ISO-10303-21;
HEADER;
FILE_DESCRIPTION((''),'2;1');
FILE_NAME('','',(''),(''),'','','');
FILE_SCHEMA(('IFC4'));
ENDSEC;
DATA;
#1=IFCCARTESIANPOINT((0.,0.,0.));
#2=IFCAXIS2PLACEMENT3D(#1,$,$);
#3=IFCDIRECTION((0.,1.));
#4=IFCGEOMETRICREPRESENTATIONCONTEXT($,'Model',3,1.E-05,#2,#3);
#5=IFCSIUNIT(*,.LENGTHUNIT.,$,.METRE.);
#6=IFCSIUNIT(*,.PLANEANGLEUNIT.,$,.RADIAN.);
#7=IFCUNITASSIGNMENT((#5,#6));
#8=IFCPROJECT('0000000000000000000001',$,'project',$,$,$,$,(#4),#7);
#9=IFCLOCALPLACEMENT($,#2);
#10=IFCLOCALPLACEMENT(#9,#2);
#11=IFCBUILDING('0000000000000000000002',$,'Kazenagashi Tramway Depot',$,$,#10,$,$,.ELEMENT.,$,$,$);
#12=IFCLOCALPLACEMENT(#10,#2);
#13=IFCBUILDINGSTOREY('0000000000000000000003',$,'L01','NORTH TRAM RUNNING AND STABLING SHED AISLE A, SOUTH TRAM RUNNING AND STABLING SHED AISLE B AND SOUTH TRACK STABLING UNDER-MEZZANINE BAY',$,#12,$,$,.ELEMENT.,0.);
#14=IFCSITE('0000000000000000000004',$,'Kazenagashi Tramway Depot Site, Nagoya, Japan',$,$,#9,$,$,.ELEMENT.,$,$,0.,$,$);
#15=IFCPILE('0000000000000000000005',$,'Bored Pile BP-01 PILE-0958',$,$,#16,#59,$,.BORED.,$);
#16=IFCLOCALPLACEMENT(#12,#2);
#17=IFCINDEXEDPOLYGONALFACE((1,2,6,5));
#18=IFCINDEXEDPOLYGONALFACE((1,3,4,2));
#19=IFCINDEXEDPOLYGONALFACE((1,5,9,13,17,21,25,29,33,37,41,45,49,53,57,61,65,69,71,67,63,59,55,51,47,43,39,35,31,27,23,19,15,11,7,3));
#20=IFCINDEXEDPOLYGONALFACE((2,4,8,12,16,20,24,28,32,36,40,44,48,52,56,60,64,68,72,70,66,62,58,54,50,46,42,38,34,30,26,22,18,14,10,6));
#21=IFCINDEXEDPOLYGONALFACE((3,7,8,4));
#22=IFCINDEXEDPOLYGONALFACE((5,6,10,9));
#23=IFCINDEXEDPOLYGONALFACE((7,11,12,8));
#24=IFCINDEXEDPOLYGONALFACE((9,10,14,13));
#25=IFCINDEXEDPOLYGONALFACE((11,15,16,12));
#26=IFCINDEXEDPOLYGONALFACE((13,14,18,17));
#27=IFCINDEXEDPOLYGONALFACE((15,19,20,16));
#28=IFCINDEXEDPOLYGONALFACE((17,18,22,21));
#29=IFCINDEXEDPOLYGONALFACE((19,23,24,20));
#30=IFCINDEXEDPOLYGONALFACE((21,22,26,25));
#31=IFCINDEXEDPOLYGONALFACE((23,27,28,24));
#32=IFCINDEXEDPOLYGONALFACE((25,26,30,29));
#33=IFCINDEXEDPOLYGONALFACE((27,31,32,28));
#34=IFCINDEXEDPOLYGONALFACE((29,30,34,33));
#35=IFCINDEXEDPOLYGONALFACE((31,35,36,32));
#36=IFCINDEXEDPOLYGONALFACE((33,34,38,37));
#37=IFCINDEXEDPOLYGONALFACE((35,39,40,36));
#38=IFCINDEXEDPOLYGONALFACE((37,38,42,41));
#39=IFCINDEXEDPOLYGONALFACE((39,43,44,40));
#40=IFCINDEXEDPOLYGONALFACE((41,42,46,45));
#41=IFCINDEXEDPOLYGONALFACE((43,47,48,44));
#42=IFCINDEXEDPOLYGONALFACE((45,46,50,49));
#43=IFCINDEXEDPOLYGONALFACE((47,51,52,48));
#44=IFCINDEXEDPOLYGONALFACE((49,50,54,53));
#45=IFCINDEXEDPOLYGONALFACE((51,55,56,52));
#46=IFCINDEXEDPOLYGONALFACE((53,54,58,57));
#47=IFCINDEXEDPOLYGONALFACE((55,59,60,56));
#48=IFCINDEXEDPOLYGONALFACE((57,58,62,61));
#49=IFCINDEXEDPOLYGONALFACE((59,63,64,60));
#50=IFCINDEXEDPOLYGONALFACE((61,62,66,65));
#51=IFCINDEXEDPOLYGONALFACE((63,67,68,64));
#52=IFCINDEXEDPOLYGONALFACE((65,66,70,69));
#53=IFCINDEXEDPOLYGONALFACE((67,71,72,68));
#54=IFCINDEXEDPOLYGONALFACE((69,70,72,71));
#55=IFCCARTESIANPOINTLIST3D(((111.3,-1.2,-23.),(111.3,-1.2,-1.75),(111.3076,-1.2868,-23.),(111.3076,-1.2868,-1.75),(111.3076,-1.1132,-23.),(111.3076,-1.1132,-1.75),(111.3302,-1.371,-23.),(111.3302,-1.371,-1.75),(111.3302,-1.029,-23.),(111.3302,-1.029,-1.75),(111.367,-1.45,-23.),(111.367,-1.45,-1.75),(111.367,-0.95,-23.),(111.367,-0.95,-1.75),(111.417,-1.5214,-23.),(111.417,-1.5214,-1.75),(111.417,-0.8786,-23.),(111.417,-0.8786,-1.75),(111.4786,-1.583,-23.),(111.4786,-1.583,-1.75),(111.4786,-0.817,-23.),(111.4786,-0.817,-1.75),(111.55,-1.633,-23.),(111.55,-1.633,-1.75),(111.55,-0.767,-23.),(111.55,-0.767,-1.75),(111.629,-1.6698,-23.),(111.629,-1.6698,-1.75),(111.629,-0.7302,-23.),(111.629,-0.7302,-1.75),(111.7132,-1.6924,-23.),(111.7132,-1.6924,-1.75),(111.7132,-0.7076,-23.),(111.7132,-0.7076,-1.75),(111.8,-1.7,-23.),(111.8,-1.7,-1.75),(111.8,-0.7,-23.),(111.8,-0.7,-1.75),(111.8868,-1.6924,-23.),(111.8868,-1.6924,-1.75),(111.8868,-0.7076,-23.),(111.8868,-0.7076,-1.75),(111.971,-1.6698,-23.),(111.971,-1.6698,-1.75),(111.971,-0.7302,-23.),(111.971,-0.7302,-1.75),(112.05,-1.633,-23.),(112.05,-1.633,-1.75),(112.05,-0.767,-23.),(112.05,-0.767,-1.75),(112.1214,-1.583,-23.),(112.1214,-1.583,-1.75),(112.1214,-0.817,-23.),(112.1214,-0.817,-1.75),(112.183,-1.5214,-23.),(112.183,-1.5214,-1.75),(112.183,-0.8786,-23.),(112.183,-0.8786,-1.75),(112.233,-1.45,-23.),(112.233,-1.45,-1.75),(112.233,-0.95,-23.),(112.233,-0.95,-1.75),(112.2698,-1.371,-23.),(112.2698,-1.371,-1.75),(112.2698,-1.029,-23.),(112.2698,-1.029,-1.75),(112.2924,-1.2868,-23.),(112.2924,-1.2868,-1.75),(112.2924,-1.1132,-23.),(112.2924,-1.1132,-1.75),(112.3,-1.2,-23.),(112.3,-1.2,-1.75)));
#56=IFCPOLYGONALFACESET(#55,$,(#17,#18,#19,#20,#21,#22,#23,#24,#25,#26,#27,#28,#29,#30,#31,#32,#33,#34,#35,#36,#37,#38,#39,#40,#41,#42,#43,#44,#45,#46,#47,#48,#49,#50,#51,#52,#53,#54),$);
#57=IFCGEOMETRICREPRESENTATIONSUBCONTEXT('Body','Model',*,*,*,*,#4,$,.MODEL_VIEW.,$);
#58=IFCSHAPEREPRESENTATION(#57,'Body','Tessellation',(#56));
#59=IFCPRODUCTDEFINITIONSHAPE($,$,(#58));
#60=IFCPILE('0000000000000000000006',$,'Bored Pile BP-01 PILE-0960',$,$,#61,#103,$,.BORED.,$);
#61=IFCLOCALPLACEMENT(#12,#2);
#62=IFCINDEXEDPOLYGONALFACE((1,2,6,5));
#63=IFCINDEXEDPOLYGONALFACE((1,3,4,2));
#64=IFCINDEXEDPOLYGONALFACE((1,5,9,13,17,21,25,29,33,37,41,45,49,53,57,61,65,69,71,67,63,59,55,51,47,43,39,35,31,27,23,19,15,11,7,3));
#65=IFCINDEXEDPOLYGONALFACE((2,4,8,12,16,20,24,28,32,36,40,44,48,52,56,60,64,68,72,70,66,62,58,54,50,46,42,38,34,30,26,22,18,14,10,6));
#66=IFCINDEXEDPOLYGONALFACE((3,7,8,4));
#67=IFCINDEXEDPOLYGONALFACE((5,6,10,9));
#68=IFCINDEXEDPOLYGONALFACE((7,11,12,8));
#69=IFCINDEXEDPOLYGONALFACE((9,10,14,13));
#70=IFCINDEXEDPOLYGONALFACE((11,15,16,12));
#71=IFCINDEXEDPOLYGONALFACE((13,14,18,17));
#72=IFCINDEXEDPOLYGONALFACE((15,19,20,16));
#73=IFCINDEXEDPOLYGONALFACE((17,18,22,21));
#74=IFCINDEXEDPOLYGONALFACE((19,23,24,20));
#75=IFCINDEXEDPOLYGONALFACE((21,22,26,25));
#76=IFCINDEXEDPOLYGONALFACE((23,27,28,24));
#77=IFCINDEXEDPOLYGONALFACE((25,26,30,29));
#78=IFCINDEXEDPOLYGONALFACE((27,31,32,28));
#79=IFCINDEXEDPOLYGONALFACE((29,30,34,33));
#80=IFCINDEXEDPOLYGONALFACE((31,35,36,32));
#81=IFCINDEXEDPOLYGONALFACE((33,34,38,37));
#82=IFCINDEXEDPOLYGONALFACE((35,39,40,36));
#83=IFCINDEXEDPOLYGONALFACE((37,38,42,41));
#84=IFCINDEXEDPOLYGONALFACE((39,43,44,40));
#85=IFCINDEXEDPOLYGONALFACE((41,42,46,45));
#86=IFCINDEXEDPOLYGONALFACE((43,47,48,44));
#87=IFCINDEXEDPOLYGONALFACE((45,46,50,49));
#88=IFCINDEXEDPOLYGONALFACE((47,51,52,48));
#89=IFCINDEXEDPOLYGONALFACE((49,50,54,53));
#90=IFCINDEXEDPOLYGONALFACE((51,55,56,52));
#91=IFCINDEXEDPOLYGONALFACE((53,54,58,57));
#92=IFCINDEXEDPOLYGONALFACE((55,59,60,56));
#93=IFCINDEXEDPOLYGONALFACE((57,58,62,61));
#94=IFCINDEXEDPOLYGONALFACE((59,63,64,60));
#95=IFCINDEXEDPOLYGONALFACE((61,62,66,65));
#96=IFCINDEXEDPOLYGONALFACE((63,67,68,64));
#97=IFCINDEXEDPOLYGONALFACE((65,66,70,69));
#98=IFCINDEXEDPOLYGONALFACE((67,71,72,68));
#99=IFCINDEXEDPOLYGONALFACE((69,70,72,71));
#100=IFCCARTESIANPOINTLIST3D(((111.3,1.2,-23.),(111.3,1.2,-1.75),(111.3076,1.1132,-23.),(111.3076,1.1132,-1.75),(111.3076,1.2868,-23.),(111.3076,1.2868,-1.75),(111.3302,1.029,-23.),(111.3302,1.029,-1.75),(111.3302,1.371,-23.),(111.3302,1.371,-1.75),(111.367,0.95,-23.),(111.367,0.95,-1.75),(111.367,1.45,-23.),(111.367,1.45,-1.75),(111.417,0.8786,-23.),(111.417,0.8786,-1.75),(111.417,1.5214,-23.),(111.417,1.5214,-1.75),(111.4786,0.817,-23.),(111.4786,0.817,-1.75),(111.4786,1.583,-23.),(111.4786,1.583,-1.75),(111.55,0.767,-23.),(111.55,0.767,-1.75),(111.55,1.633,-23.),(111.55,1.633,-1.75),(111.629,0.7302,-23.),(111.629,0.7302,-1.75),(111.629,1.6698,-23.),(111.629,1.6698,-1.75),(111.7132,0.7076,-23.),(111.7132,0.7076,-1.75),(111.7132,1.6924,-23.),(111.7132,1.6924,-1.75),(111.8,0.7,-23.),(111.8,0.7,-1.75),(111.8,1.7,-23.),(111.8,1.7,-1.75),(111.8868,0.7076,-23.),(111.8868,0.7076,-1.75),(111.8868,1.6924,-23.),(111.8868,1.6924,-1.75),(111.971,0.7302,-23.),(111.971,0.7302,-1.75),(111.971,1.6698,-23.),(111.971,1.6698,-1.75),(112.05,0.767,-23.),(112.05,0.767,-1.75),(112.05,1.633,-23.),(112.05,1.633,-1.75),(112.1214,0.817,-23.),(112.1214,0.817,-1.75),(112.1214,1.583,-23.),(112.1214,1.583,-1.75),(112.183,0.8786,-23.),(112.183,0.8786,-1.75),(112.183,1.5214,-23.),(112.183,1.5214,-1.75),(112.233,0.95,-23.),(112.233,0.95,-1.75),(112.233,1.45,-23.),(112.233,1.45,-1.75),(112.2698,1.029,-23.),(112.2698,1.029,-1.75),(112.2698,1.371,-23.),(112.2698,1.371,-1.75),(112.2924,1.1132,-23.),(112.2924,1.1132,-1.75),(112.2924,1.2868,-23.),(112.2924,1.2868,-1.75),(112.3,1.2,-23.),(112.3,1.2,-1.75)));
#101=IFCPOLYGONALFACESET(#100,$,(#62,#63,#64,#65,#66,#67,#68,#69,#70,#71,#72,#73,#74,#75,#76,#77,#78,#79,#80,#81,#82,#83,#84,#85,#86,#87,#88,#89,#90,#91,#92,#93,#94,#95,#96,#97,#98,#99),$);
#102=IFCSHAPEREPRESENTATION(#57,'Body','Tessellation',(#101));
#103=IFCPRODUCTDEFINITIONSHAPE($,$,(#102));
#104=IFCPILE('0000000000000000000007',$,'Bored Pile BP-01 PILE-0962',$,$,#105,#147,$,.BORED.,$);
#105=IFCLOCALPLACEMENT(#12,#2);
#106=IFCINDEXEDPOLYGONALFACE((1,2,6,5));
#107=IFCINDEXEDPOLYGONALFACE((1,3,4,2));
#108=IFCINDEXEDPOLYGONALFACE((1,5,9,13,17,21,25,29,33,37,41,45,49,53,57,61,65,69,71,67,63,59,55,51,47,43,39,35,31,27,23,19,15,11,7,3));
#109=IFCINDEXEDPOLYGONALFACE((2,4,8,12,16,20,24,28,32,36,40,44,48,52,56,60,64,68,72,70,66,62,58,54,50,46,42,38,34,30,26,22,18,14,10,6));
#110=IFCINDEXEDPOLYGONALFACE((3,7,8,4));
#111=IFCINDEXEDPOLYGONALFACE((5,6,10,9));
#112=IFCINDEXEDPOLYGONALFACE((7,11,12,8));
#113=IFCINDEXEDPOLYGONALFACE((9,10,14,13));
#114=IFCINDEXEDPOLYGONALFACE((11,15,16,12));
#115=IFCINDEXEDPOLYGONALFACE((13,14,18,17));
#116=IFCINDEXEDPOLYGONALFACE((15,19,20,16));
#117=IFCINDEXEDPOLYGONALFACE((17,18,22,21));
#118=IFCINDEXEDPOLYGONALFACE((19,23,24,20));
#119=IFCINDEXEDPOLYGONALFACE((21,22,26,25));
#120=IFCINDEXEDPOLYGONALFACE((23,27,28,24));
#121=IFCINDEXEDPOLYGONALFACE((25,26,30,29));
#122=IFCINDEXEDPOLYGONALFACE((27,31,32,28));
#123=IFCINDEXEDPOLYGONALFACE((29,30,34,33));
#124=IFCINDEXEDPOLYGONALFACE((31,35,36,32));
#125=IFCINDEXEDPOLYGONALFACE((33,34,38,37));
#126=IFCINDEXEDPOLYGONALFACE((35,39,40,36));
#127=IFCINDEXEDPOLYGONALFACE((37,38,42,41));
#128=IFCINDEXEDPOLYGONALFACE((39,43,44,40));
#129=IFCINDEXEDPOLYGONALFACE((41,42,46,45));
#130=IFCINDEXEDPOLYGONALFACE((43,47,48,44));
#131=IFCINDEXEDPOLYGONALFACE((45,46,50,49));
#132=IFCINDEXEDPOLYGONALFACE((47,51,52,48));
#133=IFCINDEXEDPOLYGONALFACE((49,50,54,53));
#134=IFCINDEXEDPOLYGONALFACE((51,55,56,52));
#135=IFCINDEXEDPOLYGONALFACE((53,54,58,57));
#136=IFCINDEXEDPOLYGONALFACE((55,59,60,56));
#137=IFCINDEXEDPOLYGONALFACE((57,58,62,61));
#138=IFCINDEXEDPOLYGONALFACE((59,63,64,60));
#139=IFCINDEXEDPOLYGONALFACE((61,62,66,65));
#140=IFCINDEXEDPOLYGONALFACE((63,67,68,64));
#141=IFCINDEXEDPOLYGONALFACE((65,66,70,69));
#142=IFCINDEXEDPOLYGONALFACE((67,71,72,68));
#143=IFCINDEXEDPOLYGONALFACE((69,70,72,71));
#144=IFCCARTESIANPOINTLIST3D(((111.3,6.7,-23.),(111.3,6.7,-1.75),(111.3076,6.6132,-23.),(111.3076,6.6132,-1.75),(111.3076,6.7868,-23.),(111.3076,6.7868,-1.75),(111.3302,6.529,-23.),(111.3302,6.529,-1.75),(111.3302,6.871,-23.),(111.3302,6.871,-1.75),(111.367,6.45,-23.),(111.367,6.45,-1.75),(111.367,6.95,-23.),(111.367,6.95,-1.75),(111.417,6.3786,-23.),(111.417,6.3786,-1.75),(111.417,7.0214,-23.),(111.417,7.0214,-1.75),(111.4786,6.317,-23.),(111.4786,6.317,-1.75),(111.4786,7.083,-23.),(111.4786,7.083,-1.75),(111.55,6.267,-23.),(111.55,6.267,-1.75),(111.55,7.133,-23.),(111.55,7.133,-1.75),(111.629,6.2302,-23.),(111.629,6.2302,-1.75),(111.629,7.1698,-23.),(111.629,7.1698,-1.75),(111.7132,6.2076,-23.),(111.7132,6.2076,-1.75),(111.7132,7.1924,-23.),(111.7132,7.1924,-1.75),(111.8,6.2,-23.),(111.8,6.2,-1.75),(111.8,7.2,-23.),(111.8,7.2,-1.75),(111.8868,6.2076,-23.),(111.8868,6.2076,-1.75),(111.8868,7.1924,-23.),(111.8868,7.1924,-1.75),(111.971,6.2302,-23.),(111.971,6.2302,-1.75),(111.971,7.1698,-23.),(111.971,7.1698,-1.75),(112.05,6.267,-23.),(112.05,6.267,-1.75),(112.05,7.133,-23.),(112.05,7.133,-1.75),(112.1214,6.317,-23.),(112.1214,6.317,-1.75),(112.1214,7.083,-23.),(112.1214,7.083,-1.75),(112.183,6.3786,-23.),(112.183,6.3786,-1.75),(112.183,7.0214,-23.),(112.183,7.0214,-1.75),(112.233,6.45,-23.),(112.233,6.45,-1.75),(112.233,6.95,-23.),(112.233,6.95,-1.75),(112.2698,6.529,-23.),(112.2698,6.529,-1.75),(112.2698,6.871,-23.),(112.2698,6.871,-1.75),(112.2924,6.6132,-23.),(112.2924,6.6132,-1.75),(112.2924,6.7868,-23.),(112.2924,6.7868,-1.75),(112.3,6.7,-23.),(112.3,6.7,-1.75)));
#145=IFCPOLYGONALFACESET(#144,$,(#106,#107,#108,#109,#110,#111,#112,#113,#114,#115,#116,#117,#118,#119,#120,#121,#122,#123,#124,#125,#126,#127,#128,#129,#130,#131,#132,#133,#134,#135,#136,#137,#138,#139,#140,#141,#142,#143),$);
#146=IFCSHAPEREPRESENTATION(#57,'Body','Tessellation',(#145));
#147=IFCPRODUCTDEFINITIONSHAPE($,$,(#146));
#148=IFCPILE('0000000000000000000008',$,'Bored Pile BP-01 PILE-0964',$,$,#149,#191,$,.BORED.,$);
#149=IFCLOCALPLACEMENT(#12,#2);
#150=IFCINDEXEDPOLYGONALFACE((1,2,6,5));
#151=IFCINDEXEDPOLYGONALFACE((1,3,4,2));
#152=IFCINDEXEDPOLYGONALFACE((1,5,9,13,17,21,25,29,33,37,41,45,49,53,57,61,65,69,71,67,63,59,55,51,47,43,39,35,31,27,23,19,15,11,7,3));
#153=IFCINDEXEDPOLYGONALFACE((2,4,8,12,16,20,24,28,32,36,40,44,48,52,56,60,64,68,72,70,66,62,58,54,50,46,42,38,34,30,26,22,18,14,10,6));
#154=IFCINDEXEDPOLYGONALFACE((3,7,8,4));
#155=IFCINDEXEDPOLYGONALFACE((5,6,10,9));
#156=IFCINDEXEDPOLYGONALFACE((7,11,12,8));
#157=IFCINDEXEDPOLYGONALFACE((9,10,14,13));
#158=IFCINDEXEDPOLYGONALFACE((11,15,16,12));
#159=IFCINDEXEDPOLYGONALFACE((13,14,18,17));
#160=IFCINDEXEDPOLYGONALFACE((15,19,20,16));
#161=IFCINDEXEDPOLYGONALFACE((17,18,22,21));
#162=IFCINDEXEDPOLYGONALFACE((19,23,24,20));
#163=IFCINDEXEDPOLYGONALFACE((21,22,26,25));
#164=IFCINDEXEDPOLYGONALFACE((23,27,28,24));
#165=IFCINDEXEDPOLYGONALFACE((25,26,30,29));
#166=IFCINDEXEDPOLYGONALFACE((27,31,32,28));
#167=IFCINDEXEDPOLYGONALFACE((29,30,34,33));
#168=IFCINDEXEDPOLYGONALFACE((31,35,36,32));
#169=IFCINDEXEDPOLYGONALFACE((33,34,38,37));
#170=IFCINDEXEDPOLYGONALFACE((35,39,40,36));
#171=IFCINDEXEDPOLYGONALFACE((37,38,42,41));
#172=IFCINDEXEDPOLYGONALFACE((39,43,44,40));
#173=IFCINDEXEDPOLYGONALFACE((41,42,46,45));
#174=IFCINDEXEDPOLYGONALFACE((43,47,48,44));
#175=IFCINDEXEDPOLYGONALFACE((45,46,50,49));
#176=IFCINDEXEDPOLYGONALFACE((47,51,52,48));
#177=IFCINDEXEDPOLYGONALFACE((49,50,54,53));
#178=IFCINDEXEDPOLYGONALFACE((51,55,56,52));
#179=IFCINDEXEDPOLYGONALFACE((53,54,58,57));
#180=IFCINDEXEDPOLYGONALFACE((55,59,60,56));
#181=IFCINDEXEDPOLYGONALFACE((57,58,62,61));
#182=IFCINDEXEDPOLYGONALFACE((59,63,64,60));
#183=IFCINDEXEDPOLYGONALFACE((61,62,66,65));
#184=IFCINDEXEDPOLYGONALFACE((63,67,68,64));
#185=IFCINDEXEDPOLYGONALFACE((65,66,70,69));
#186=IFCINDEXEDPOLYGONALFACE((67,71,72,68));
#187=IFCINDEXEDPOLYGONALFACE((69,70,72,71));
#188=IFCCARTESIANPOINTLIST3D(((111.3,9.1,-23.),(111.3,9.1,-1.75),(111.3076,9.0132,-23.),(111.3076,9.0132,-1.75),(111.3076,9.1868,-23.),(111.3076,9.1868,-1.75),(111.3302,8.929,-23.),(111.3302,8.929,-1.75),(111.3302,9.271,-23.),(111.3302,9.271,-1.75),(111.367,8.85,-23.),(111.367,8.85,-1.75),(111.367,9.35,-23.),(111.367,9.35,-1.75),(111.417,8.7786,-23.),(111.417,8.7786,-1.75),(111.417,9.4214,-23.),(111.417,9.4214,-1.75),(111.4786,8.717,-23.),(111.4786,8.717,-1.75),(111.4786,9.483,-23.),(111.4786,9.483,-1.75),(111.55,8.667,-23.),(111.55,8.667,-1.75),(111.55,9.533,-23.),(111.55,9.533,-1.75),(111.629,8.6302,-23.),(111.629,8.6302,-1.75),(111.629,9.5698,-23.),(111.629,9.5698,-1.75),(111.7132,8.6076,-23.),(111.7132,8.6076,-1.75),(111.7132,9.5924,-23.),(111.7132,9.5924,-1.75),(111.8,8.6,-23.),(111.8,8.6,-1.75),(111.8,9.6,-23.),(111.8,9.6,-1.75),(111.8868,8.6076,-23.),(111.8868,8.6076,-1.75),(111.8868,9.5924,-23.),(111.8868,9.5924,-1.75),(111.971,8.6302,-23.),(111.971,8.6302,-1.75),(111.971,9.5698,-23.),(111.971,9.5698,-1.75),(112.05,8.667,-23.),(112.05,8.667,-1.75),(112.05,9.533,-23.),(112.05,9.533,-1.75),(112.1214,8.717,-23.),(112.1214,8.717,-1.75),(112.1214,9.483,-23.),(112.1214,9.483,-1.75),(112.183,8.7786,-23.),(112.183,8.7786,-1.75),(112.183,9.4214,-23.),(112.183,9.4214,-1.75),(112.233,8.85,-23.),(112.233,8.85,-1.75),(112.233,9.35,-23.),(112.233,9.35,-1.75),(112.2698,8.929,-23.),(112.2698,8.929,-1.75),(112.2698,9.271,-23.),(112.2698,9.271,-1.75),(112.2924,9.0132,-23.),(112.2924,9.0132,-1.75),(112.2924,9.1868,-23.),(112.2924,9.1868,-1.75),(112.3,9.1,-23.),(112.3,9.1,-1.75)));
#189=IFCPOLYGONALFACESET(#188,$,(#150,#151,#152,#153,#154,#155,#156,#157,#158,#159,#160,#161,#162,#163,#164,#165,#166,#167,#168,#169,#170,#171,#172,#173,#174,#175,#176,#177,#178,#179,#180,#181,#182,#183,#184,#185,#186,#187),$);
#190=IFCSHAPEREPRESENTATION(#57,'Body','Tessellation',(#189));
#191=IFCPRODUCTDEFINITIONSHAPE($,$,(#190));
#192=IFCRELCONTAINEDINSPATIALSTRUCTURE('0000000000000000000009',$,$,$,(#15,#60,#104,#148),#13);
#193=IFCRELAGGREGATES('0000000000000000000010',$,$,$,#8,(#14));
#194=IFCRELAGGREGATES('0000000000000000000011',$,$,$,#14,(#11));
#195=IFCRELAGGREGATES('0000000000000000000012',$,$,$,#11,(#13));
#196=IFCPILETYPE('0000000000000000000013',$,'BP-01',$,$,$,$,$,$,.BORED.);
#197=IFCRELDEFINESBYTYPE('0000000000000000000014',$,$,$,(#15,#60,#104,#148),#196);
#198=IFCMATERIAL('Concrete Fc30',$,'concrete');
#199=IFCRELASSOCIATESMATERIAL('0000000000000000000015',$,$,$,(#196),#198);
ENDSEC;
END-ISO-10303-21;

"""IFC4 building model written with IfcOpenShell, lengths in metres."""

from ifc_helpers import new_model, si_unit, direction, frame, origin, origin_2d, place, context, subcontext, project, spatial, circle, extrude, material, material_profile, profile_set, type_object, element, save


model = new_model("IFC4")

# Units and contexts
model_context = context("Model", 3, precision=1e-05, world=origin(), true_north=direction((0.0, 1.0)))
body_context = subcontext(model_context, "Body", "Model", "MODEL_VIEW")
ifc_project = project(units=[si_unit("LENGTHUNIT", "METRE"), si_unit("PLANEANGLEUNIT", "RADIAN")], contexts=[model_context])

# Site, building, storey
site_placement = place(None, origin())
site = spatial("IfcSite", under=ifc_project, at=site_placement, Name="Kazenagashi Tramway Depot Site, Nagoya, Japan", CompositionType="ELEMENT", RefElevation=0.0)
building_placement = place(site_placement, origin())
building = spatial("IfcBuilding", under=site, at=building_placement, Name="Kazenagashi Tramway Depot", CompositionType="ELEMENT")
storey_placement = place(building_placement, origin())
storey = spatial("IfcBuildingStorey", under=building, at=storey_placement, Name="L01", Description="NORTH TRAM RUNNING AND STABLING SHED AISLE A, SOUTH TRAM RUNNING AND STABLING SHED AISLE B AND SOUTH TRACK STABLING UNDER-MEZZANINE BAY", CompositionType="ELEMENT", Elevation=0.0)

# Piles
ifc_material_1 = material(Name="Concrete Fc30", Category="concrete")
ifc_material_profile_1 = material_profile(ifc_material_1, circle(Radius=0.5, at=origin_2d()), Name="PILE-1000")
ifc_profile_set_1 = profile_set([ifc_material_profile_1], Name="Concrete Fc30")
pile_type = type_object("IfcPileType", Name="BP-01", PredefinedType="BORED", material=ifc_profile_set_1)
for number, where, z_axis, x_axis, name in (
    (1, (111.8, -1.2, -1.75), (0.0, 0.0, -1.0), (1.0, 0.0, 0.0), "Bored Pile BP-01 PILE-0958"),
    (2, (111.8, 1.2, -1.75), (0.0, 0.0, -1.0), (1.0, 0.0, 0.0), "Bored Pile BP-01 PILE-0960"),
    (3, (111.8, 6.7, -1.75), (0.0, 0.0, -1.0), (1.0, 0.0, 0.0), "Bored Pile BP-01 PILE-0962"),
    (4, (111.8, 9.1, -1.75), (0.0, 0.0, -1.0), (1.0, 0.0, 0.0), "Bored Pile BP-01 PILE-0964"),
):
    element("IfcPile", number, at=place(storey_placement, frame(where, z_axis=z_axis, x_axis=x_axis)), inside=storey, type_object=pile_type, Name=name, PredefinedType="BORED", context=body_context, shape_type="SweptSolid", body=[
        extrude(circle(Radius=0.5, at=origin_2d()), origin(), (0.0, 0.0, 1.0), 21.25),
    ])

save(model, "model.ifc")
